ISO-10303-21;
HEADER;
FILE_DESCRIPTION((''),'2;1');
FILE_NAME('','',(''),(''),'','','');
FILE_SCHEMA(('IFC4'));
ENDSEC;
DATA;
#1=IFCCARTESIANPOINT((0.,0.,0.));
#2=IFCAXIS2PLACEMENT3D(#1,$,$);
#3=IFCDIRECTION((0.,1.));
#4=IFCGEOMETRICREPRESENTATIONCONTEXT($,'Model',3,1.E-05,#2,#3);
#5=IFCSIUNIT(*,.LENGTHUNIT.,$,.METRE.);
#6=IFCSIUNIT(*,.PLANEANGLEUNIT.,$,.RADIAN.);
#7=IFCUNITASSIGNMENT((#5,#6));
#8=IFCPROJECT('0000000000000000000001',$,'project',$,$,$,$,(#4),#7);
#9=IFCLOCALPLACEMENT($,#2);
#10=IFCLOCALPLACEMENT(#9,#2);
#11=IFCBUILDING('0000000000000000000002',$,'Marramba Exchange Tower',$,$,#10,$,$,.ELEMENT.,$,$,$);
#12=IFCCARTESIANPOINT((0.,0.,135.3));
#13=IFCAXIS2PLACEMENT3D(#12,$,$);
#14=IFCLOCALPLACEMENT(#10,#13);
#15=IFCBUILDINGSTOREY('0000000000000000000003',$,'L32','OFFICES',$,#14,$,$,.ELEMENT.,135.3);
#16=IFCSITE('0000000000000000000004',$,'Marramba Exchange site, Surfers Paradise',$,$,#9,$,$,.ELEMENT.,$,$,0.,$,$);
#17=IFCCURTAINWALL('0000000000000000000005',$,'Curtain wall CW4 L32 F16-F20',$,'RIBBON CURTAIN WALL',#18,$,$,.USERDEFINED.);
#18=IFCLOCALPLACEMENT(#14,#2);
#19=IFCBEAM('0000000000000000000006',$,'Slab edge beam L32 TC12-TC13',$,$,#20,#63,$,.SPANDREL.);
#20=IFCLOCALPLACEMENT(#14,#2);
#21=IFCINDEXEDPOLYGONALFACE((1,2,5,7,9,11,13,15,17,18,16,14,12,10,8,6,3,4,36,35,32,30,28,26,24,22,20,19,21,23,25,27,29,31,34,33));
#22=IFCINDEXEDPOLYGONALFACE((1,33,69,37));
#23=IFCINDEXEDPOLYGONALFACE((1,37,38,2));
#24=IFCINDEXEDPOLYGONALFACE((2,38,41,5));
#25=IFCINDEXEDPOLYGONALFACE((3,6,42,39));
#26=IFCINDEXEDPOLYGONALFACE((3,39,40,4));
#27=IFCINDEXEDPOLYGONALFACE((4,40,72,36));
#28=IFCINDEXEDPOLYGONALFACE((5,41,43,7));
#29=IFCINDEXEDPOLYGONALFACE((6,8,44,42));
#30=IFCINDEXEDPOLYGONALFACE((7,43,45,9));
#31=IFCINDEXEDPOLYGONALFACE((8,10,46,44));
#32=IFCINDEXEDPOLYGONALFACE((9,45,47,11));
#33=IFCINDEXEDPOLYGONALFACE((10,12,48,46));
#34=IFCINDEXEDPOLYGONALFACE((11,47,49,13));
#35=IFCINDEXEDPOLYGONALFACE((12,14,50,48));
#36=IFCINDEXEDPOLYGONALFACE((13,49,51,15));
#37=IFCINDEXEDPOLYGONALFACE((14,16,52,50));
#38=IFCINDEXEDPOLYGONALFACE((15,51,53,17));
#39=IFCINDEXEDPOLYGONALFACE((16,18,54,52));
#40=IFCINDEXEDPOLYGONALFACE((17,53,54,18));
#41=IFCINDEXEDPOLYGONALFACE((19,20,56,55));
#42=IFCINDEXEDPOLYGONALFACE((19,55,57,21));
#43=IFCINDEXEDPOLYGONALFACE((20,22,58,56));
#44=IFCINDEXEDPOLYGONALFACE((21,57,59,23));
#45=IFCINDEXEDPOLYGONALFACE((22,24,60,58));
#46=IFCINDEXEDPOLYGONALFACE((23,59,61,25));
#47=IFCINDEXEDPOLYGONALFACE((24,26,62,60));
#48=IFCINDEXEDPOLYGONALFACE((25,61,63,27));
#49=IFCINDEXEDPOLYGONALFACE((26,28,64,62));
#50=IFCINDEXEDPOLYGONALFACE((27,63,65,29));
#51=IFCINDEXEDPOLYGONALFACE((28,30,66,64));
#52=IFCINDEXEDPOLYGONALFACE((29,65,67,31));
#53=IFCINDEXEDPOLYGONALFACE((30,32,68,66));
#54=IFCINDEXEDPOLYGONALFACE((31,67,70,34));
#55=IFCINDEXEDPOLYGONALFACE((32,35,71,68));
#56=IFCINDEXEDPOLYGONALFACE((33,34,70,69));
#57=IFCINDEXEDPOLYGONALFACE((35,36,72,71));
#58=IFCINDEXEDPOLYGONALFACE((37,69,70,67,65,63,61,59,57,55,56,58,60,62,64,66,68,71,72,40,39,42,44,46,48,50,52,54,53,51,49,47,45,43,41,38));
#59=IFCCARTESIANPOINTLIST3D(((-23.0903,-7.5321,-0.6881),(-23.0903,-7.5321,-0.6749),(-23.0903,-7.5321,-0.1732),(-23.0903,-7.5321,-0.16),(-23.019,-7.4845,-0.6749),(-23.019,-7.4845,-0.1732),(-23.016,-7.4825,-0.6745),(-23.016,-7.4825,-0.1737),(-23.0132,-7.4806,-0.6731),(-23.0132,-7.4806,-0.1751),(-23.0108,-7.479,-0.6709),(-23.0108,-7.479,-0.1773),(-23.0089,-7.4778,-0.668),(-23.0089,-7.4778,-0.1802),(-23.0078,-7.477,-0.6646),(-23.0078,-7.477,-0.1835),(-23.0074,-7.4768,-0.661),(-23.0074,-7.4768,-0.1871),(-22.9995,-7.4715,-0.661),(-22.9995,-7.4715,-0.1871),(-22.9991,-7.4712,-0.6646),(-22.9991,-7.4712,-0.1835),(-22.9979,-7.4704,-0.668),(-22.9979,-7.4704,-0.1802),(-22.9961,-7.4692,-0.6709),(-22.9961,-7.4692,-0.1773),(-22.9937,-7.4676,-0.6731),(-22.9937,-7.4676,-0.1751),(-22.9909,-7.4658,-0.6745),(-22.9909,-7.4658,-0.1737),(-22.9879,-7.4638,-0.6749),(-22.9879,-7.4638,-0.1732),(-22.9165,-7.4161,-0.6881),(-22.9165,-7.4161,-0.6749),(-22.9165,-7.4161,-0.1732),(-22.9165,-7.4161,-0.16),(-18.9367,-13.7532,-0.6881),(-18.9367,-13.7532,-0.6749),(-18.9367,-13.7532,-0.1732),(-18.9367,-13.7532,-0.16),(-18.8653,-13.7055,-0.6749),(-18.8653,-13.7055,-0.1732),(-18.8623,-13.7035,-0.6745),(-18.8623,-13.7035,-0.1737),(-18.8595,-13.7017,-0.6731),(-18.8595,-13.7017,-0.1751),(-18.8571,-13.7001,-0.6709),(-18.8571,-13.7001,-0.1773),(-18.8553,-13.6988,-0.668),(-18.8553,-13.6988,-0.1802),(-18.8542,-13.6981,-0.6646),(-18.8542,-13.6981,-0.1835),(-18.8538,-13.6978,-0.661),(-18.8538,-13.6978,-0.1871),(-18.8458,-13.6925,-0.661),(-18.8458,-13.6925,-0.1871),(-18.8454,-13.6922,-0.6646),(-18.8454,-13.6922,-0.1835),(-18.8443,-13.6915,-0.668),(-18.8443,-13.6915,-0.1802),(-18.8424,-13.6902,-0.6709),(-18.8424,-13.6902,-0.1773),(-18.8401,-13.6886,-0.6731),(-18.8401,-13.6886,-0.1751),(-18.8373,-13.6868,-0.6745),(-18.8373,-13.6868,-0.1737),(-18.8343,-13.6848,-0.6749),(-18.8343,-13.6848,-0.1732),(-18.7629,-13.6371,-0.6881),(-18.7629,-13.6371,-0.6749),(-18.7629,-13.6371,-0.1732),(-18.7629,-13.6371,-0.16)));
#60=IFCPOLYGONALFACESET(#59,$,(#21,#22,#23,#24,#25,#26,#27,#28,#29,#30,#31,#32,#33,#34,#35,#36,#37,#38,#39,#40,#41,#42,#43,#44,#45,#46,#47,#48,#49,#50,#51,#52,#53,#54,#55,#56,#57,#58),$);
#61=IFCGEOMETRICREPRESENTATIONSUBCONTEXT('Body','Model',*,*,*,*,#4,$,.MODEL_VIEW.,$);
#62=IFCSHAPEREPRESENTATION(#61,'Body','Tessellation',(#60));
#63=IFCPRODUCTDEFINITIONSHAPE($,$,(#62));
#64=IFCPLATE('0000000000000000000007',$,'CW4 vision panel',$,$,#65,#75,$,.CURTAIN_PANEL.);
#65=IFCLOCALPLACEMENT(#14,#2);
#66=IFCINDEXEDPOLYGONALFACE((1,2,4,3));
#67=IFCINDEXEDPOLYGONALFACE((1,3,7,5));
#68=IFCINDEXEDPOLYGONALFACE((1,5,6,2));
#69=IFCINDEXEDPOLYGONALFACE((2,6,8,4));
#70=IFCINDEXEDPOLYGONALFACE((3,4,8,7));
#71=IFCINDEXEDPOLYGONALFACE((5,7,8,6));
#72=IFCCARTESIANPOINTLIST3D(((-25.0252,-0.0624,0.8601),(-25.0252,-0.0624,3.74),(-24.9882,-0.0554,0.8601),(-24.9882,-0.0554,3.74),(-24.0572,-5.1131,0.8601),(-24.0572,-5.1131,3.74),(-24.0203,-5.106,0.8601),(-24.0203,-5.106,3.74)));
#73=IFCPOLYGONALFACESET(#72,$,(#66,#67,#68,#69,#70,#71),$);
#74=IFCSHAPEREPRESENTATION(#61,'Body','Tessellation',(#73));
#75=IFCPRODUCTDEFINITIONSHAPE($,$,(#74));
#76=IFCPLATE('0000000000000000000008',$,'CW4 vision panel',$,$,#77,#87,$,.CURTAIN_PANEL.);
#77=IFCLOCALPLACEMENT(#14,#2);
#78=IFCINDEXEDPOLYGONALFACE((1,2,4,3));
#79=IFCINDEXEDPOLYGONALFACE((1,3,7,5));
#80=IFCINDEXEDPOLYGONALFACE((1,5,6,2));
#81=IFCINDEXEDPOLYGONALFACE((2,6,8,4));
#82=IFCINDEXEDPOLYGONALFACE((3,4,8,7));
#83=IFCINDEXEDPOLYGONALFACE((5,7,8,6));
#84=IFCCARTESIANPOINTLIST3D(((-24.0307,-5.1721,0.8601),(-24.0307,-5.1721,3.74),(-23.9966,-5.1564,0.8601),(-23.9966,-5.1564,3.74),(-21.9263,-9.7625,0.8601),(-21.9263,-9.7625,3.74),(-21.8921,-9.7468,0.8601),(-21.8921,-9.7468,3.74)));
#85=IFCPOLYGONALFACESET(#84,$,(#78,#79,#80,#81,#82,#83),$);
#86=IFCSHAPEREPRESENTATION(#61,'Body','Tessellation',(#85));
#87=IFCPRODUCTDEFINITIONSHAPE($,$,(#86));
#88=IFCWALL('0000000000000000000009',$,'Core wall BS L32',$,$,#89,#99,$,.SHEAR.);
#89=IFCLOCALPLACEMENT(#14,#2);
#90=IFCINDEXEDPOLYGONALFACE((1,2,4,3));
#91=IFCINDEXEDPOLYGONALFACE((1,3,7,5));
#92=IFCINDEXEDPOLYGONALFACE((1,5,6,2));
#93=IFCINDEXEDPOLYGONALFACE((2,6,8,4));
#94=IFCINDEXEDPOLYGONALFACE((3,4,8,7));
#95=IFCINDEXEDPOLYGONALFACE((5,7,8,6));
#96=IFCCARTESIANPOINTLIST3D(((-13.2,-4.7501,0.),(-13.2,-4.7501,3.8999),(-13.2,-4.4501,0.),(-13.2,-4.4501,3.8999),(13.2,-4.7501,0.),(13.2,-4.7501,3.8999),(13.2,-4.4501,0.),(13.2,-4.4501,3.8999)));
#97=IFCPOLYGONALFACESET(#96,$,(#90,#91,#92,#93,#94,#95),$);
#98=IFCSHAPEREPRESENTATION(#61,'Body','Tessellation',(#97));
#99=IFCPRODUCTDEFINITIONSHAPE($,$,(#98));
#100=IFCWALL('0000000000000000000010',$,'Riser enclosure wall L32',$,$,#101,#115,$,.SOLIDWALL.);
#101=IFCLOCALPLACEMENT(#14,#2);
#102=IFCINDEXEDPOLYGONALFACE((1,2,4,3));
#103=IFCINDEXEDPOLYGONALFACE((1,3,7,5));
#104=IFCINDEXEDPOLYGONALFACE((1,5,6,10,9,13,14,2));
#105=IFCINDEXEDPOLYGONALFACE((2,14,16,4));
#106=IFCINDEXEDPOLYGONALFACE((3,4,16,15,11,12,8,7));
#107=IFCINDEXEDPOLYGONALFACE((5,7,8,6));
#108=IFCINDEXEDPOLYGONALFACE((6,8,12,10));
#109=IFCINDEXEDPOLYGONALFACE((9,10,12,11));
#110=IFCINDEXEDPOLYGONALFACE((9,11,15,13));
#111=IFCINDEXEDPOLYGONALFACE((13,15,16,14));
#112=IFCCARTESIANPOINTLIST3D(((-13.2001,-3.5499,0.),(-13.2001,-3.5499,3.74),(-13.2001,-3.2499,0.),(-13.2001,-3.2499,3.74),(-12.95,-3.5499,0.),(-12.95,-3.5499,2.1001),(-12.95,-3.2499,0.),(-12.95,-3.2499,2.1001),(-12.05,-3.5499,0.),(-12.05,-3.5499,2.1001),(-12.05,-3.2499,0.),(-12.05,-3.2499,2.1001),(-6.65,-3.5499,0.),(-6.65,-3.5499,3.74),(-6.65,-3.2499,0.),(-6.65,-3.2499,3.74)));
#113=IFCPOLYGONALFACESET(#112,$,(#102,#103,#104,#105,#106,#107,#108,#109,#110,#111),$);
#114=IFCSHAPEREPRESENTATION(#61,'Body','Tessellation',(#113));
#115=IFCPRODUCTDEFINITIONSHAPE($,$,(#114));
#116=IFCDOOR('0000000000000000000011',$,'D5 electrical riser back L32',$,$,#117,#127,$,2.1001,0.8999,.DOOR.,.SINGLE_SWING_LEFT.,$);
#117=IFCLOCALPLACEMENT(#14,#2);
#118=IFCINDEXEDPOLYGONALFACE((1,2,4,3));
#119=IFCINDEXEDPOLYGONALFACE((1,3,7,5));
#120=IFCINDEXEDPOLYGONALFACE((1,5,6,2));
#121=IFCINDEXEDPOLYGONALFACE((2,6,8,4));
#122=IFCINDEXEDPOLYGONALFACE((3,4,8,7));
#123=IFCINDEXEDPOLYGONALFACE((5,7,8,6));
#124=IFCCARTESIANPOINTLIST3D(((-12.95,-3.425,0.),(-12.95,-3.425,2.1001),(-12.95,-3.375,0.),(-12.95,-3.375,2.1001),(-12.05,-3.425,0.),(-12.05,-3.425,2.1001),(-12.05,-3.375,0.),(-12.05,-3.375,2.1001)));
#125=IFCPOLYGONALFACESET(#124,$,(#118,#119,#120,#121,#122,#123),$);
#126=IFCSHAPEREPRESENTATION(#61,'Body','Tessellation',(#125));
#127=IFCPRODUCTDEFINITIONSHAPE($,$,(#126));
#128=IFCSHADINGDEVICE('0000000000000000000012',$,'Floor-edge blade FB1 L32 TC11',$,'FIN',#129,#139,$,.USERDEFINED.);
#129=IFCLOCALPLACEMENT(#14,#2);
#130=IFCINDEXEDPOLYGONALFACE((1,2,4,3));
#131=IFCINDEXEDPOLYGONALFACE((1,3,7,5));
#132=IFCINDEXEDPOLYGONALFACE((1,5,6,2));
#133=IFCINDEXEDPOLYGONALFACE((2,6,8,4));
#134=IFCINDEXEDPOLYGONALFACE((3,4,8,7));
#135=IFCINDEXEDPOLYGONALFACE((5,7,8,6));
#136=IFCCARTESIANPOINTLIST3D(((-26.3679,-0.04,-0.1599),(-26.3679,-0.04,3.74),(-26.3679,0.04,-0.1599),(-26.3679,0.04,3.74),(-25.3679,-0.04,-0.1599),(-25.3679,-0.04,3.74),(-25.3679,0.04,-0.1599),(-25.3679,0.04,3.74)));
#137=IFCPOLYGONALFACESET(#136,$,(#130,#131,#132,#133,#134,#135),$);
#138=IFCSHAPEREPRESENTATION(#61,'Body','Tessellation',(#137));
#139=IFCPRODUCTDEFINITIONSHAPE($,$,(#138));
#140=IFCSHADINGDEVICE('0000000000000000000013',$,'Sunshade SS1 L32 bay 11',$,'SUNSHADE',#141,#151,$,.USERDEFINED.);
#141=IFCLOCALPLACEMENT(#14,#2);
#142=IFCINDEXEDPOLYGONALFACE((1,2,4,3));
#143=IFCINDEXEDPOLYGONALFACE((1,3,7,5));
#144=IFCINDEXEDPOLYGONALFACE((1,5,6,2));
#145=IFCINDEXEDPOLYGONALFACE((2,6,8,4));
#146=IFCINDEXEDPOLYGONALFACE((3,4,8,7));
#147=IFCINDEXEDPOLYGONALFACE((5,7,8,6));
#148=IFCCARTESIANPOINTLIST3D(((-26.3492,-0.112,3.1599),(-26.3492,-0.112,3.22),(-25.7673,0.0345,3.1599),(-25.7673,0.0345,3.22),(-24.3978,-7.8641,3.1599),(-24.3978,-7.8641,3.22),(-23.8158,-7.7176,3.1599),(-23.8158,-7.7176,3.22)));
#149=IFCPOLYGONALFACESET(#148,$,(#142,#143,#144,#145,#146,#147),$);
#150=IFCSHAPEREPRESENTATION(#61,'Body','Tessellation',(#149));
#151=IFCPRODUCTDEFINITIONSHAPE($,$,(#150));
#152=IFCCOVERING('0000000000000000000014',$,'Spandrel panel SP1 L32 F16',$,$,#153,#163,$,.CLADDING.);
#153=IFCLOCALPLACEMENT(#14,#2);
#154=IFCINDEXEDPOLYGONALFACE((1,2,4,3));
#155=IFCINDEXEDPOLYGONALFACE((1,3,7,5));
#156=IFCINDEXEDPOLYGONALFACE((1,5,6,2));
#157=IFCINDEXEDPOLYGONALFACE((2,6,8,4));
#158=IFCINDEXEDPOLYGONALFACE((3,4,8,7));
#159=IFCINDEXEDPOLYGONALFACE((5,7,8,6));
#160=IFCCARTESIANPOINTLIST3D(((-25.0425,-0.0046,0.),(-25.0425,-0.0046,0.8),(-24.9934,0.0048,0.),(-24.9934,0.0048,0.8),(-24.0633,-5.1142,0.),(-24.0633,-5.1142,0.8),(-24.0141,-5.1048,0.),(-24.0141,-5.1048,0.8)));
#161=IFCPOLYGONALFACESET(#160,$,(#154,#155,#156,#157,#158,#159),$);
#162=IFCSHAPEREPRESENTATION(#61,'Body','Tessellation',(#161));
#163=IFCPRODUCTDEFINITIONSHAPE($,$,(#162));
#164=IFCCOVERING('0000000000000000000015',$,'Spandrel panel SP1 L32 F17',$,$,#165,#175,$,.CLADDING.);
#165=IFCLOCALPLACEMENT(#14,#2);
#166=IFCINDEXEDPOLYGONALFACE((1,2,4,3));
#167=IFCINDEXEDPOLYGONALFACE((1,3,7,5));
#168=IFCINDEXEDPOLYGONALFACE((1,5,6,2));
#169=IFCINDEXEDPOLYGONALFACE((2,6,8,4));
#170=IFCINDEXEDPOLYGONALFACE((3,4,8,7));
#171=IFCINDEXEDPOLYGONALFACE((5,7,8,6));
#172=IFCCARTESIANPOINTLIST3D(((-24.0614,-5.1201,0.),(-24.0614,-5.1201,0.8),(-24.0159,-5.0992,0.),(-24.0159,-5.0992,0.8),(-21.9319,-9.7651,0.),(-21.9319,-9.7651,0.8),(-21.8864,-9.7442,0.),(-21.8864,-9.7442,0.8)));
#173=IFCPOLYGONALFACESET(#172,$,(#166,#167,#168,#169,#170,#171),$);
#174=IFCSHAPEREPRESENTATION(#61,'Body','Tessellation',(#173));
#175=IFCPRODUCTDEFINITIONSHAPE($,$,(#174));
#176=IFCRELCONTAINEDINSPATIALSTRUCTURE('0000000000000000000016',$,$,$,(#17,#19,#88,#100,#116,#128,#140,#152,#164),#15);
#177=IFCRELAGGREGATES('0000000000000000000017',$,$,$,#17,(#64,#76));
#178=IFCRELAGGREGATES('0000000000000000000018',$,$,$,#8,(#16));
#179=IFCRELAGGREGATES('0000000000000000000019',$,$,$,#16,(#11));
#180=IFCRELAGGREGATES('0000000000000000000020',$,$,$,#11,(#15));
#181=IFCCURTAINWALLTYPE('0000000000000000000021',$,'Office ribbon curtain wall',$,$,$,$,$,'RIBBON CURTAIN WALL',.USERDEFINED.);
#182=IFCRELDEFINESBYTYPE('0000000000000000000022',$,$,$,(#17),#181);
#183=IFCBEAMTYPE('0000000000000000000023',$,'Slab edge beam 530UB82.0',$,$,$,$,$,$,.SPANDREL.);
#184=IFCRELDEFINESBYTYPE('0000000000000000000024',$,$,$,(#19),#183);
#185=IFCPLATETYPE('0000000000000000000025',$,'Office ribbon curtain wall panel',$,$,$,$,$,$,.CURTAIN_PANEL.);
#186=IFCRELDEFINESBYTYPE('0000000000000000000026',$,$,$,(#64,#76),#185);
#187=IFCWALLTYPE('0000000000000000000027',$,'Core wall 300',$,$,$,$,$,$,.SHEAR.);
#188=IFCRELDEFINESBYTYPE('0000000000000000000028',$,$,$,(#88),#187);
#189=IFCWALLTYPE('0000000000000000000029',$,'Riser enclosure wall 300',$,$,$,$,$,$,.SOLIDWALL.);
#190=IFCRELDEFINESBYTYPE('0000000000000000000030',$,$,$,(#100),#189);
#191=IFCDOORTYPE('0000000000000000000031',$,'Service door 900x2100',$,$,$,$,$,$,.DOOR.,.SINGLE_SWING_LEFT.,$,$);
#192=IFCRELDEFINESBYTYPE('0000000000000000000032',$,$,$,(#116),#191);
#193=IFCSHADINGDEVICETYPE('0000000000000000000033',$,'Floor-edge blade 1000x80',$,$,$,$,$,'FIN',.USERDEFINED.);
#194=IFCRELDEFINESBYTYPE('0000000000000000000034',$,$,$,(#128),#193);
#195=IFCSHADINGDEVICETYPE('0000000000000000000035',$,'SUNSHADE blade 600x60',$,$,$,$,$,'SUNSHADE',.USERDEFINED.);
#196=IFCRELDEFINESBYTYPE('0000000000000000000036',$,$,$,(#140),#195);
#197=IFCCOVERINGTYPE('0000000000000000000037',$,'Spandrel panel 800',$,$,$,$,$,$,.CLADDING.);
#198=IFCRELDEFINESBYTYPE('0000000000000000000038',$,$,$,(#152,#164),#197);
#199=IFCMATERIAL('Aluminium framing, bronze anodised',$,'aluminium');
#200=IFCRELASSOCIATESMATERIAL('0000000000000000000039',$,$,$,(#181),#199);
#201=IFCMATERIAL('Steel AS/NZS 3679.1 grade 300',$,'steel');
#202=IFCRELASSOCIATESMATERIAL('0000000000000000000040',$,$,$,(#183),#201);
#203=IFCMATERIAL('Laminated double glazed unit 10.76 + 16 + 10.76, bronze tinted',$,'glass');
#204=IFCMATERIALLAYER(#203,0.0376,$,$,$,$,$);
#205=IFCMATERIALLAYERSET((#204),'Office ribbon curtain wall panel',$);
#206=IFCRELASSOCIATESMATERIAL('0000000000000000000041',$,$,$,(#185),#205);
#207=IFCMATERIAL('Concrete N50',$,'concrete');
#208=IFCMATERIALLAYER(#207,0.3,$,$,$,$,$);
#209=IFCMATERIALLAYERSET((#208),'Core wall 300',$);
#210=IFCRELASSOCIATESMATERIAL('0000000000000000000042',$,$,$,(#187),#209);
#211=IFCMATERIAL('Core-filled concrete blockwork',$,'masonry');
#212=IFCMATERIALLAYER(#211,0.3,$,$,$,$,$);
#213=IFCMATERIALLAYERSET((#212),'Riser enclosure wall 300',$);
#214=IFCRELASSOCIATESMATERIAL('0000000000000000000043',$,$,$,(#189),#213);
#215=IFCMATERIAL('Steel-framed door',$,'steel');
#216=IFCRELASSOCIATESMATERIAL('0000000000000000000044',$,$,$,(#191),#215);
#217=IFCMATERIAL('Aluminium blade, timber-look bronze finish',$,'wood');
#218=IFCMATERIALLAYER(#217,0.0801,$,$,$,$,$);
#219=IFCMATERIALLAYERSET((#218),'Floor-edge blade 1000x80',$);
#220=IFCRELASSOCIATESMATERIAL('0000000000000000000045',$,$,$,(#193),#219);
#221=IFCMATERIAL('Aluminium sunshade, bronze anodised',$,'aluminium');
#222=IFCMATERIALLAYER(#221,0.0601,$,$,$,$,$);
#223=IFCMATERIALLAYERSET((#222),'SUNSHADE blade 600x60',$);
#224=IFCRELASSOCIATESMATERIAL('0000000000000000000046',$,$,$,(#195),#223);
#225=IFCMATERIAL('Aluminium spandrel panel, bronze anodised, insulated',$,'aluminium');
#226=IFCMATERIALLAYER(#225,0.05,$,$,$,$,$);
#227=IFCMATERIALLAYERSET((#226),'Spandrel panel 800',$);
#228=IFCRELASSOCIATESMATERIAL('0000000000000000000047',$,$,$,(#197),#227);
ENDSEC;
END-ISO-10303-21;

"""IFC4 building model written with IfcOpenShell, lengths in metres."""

from ifc_helpers import new_model, si_unit, direction, frame, frame_2d, origin, origin_2d, place, context, subcontext, project, spatial, rectangle, i_section, extrude, material, layer, layer_set, material_profile, profile_set, type_object, element, fill, aggregate, save


model = new_model("IFC4")

# Units and contexts
model_context = context("Model", 3, precision=1e-05, world=origin(), true_north=direction((0.0, 1.0)))
body_context = subcontext(model_context, "Body", "Model", "MODEL_VIEW")
ifc_project = project(units=[si_unit("LENGTHUNIT", "METRE"), si_unit("PLANEANGLEUNIT", "RADIAN")], contexts=[model_context])

# Site, building, storey
site_placement = place(None, origin())
site = spatial("IfcSite", under=ifc_project, at=site_placement, Name="Marramba Exchange site, Surfers Paradise", CompositionType="ELEMENT", RefElevation=0.0)
building_placement = place(site_placement, origin())
building = spatial("IfcBuilding", under=site, at=building_placement, Name="Marramba Exchange Tower", CompositionType="ELEMENT")
storey_placement = place(building_placement, frame((0.0, 0.0, 135.3)))
storey = spatial("IfcBuildingStorey", under=building, at=storey_placement, Name="L32", Description="OFFICES", CompositionType="ELEMENT", Elevation=135.3)

# Shared definitions
ifc_material_1 = material(Name="Concrete N50", Category="concrete")

# Shared definitions
ifc_material_2 = material(Name="Steel AS/NZS 3679.1 grade 300", Category="steel")

# Curtain wall
ifc_material_3 = material(Name="Aluminium framing, bronze anodised", Category="aluminium")
curtain_wall_type = type_object("IfcCurtainWallType", Name="Office ribbon curtain wall", ElementType="RIBBON CURTAIN WALL", PredefinedType="USERDEFINED", material=ifc_material_3)
curtain_wall_placement = place(storey_placement, origin())
curtain_wall = element("IfcCurtainWall", 1, at=curtain_wall_placement, inside=storey, type_object=curtain_wall_type, Name="Curtain wall CW4 L32 F16-F20", ObjectType="RIBBON CURTAIN WALL", PredefinedType="USERDEFINED")

# Beam
ifc_material_profile_1 = material_profile(ifc_material_2, i_section(OverallWidth=0.209, OverallDepth=0.5281, WebThickness=0.0095, FlangeThickness=0.0132, FilletRadius=0.0139, at=origin_2d()), Name="530UB82.0")
ifc_profile_set_1 = profile_set([ifc_material_profile_1], Name="Steel AS/NZS 3679.1 grade 300")
beam_type_1 = type_object("IfcBeamType", Name="Slab edge beam 530UB82.0", PredefinedType="SPANDREL", material=ifc_profile_set_1)
beam_1_placement = place(storey_placement, frame((-23.0034, -7.4741, -0.4241), z_axis=(0.55528, -0.831663, 0.0), x_axis=(0.831663, 0.55528, 0.0)))
element("IfcBeam", 2, at=beam_1_placement, inside=storey, type_object=beam_type_1, Name="Slab edge beam L32 TC12-TC13", PredefinedType="SPANDREL", context=body_context, shape_type="SweptSolid", body=[
    extrude(i_section(OverallWidth=0.209, OverallDepth=0.5281, WebThickness=0.0095, FlangeThickness=0.0132, FilletRadius=0.0139, at=origin_2d()), origin(), (0.0, 0.0, 1.0), 7.4802),
])

# Plates
ifc_material_4 = material(Name="Laminated double glazed unit 10.76 + 16 + 10.76, bronze tinted", Category="glass")
ifc_layer_1 = layer(ifc_material_4, 0.0376)
ifc_layer_set_1 = layer_set([ifc_layer_1], Name="Office ribbon curtain wall panel")
plate_type = type_object("IfcPlateType", Name="Office ribbon curtain wall panel", PredefinedType="CURTAIN_PANEL", material=ifc_layer_set_1)
plate_1_placement = place(storey_placement, frame((-24.5227, -2.5842, 0.8601), z_axis=(0.0, 0.0, 1.0), x_axis=(0.188227, -0.982126, 0.0)))
plate_1 = element("IfcPlate", 3, at=plate_1_placement, type_object=plate_type, Name="CW4 vision panel", PredefinedType="CURTAIN_PANEL", context=body_context, shape_type="SweptSolid", body=[
    extrude(rectangle(XDim=5.1426, YDim=0.0376, at=origin_2d()), origin(), (0.0, 0.0, 1.0), 2.8799),
])
plate_2_placement = place(storey_placement, frame((-22.9614, -7.4595, 0.8601), z_axis=(0.0, 0.0, 1.0), x_axis=(0.416738, -0.909027, 0.0)))
plate_2 = element("IfcPlate", 4, at=plate_2_placement, type_object=plate_type, Name="CW4 vision panel", PredefinedType="CURTAIN_PANEL", context=body_context, shape_type="SweptSolid", body=[
    extrude(rectangle(XDim=5.0498, YDim=0.0376, at=origin_2d()), origin(), (0.0, 0.0, 1.0), 2.8799),
])
aggregate(curtain_wall, [plate_1, plate_2])

# Wall
ifc_layer_2 = layer(ifc_material_1, 0.3)
ifc_layer_set_2 = layer_set([ifc_layer_2], Name="Core wall 300")
wall_type_1 = type_object("IfcWallType", Name="Core wall 300", PredefinedType="SHEAR", material=ifc_layer_set_2)
wall_1_placement = place(storey_placement, frame((-13.2, -4.6001, 0.0), z_axis=(0.0, 0.0, 1.0), x_axis=(1.0, 0.0, 0.0)))
element("IfcWall", 5, at=wall_1_placement, inside=storey, type_object=wall_type_1, Name="Core wall BS L32", PredefinedType="SHEAR", context=body_context, shape_type="SweptSolid", body=[
    extrude(rectangle(XDim=26.3999, YDim=0.3, at=frame_2d((13.2, 0.0))), origin(), (0.0, 0.0, 1.0), 3.8999),
])

# Wall, opening, door
ifc_material_5 = material(Name="Core-filled concrete blockwork", Category="masonry")
ifc_layer_3 = layer(ifc_material_5, 0.3)
ifc_layer_set_3 = layer_set([ifc_layer_3], Name="Riser enclosure wall 300")
wall_type_2 = type_object("IfcWallType", Name="Riser enclosure wall 300", PredefinedType="SOLIDWALL", material=ifc_layer_set_3)
wall_2_placement = place(storey_placement, frame((-13.2, -3.3999, 0.0), z_axis=(0.0, 0.0, 1.0), x_axis=(1.0, 0.0, 0.0)))
wall_2 = element("IfcWall", 6, at=wall_2_placement, inside=storey, type_object=wall_type_2, Name="Riser enclosure wall L32", PredefinedType="SOLIDWALL", context=body_context, shape_type="SweptSolid", body=[
    extrude(rectangle(XDim=6.55, YDim=0.3, at=frame_2d((3.2749, 0.0))), origin(), (0.0, 0.0, 1.0), 3.74),
])
opening_placement = place(wall_2_placement, frame((0.25, 0.0, 0.0)))
opening = element("IfcOpeningElement", 7, at=opening_placement, cuts=wall_2, PredefinedType="OPENING", context=body_context, shape_type="SweptSolid", body=[
    extrude(rectangle(XDim=0.8999, YDim=2.1001, at=frame_2d((0.45, 1.05))), frame((0.0, 0.1599, 0.0), z_axis=(0.0, -1.0, 0.0), x_axis=(1.0, 0.0, 0.0)), (0.0, 0.0, 1.0), 0.3201),
])
ifc_material_6 = material(Name="Steel-framed door", Category="steel")
door_type = type_object("IfcDoorType", Name="Service door 900x2100", OperationType="SINGLE_SWING_LEFT", PredefinedType="DOOR", material=ifc_material_6)
door_placement = place(opening_placement, origin())
door = element("IfcDoor", 8, at=door_placement, inside=storey, type_object=door_type, Name="D5 electrical riser back L32", OperationType="SINGLE_SWING_LEFT", OverallHeight=2.1001, OverallWidth=0.8999, PredefinedType="DOOR", context=body_context, shape_type="SweptSolid", body=[
    extrude(rectangle(XDim=0.8999, YDim=2.1001, at=frame_2d((0.45, 1.05))), frame((0.0, 0.0249, 0.0), z_axis=(0.0, -1.0, 0.0), x_axis=(1.0, 0.0, 0.0)), (0.0, 0.0, 1.0), 0.05),
])
fill(opening, door)

# Shading devices
ifc_material_7 = material(Name="Aluminium blade, timber-look bronze finish", Category="wood")
ifc_layer_4 = layer(ifc_material_7, 0.0801)
ifc_layer_set_4 = layer_set([ifc_layer_4], Name="Floor-edge blade 1000x80")
shading_device_type_1 = type_object("IfcShadingDeviceType", Name="Floor-edge blade 1000x80", ElementType="FIN", PredefinedType="USERDEFINED", material=ifc_layer_set_4)
shading_device_1_placement = place(storey_placement, frame((-25.8679, 0.0, -0.1599), z_axis=(0.0, 0.0, 1.0), x_axis=(-1.0, 0.0, 0.0)))
element("IfcShadingDevice", 9, at=shading_device_1_placement, inside=storey, type_object=shading_device_type_1, Name="Floor-edge blade FB1 L32 TC11", ObjectType="FIN", PredefinedType="USERDEFINED", context=body_context, shape_type="SweptSolid", body=[
    extrude(rectangle(XDim=1.0, YDim=0.0801, at=origin_2d()), origin(), (0.0, 0.0, 1.0), 3.8999),
])
ifc_material_8 = material(Name="Aluminium sunshade, bronze anodised", Category="aluminium")
ifc_layer_5 = layer(ifc_material_8, 0.0601)
ifc_layer_set_5 = layer_set([ifc_layer_5], Name="SUNSHADE blade 600x60")
shading_device_type_2 = type_object("IfcShadingDeviceType", Name="SUNSHADE blade 600x60", ElementType="SUNSHADE", PredefinedType="USERDEFINED", material=ifc_layer_set_5)
shading_device_2_placement = place(storey_placement, frame((-25.0825, -3.9148, 3.1599), z_axis=(0.0, 0.0, 1.0), x_axis=(0.244117, -0.969746, 0.0)))
element("IfcShadingDevice", 10, at=shading_device_2_placement, inside=storey, type_object=shading_device_type_2, Name="Sunshade SS1 L32 bay 11", ObjectType="SUNSHADE", PredefinedType="USERDEFINED", context=body_context, shape_type="SweptSolid", body=[
    extrude(rectangle(XDim=7.9939, YDim=0.6001, at=origin_2d()), origin(), (0.0, 0.0, 1.0), 0.0601),
])

# Coverings
ifc_material_9 = material(Name="Aluminium spandrel panel, bronze anodised, insulated", Category="aluminium")
ifc_layer_6 = layer(ifc_material_9, 0.05)
ifc_layer_set_6 = layer_set([ifc_layer_6], Name="Spandrel panel 800")
covering_type = type_object("IfcCoveringType", Name="Spandrel panel 800", PredefinedType="CLADDING", material=ifc_layer_set_6)
covering_1_placement = place(storey_placement, frame((-24.5283, -2.5547, 0.0), z_axis=(0.0, 0.0, 1.0), x_axis=(0.188227, -0.982126, 0.0)))
element("IfcCovering", 11, at=covering_1_placement, inside=storey, type_object=covering_type, Name="Spandrel panel SP1 L32 F16", PredefinedType="CLADDING", context=body_context, shape_type="SweptSolid", body=[
    extrude(rectangle(XDim=5.2026, YDim=0.05, at=origin_2d()), origin(), (0.0, 0.0, 1.0), 0.8),
])
covering_2_placement = place(storey_placement, frame((-22.9739, -7.4321, 0.0), z_axis=(0.0, 0.0, 1.0), x_axis=(0.416738, -0.909027, 0.0)))
element("IfcCovering", 12, at=covering_2_placement, inside=storey, type_object=covering_type, Name="Spandrel panel SP1 L32 F17", PredefinedType="CLADDING", context=body_context, shape_type="SweptSolid", body=[
    extrude(rectangle(XDim=5.1099, YDim=0.05, at=origin_2d()), origin(), (0.0, 0.0, 1.0), 0.8),
])

save(model, "model.ifc")
